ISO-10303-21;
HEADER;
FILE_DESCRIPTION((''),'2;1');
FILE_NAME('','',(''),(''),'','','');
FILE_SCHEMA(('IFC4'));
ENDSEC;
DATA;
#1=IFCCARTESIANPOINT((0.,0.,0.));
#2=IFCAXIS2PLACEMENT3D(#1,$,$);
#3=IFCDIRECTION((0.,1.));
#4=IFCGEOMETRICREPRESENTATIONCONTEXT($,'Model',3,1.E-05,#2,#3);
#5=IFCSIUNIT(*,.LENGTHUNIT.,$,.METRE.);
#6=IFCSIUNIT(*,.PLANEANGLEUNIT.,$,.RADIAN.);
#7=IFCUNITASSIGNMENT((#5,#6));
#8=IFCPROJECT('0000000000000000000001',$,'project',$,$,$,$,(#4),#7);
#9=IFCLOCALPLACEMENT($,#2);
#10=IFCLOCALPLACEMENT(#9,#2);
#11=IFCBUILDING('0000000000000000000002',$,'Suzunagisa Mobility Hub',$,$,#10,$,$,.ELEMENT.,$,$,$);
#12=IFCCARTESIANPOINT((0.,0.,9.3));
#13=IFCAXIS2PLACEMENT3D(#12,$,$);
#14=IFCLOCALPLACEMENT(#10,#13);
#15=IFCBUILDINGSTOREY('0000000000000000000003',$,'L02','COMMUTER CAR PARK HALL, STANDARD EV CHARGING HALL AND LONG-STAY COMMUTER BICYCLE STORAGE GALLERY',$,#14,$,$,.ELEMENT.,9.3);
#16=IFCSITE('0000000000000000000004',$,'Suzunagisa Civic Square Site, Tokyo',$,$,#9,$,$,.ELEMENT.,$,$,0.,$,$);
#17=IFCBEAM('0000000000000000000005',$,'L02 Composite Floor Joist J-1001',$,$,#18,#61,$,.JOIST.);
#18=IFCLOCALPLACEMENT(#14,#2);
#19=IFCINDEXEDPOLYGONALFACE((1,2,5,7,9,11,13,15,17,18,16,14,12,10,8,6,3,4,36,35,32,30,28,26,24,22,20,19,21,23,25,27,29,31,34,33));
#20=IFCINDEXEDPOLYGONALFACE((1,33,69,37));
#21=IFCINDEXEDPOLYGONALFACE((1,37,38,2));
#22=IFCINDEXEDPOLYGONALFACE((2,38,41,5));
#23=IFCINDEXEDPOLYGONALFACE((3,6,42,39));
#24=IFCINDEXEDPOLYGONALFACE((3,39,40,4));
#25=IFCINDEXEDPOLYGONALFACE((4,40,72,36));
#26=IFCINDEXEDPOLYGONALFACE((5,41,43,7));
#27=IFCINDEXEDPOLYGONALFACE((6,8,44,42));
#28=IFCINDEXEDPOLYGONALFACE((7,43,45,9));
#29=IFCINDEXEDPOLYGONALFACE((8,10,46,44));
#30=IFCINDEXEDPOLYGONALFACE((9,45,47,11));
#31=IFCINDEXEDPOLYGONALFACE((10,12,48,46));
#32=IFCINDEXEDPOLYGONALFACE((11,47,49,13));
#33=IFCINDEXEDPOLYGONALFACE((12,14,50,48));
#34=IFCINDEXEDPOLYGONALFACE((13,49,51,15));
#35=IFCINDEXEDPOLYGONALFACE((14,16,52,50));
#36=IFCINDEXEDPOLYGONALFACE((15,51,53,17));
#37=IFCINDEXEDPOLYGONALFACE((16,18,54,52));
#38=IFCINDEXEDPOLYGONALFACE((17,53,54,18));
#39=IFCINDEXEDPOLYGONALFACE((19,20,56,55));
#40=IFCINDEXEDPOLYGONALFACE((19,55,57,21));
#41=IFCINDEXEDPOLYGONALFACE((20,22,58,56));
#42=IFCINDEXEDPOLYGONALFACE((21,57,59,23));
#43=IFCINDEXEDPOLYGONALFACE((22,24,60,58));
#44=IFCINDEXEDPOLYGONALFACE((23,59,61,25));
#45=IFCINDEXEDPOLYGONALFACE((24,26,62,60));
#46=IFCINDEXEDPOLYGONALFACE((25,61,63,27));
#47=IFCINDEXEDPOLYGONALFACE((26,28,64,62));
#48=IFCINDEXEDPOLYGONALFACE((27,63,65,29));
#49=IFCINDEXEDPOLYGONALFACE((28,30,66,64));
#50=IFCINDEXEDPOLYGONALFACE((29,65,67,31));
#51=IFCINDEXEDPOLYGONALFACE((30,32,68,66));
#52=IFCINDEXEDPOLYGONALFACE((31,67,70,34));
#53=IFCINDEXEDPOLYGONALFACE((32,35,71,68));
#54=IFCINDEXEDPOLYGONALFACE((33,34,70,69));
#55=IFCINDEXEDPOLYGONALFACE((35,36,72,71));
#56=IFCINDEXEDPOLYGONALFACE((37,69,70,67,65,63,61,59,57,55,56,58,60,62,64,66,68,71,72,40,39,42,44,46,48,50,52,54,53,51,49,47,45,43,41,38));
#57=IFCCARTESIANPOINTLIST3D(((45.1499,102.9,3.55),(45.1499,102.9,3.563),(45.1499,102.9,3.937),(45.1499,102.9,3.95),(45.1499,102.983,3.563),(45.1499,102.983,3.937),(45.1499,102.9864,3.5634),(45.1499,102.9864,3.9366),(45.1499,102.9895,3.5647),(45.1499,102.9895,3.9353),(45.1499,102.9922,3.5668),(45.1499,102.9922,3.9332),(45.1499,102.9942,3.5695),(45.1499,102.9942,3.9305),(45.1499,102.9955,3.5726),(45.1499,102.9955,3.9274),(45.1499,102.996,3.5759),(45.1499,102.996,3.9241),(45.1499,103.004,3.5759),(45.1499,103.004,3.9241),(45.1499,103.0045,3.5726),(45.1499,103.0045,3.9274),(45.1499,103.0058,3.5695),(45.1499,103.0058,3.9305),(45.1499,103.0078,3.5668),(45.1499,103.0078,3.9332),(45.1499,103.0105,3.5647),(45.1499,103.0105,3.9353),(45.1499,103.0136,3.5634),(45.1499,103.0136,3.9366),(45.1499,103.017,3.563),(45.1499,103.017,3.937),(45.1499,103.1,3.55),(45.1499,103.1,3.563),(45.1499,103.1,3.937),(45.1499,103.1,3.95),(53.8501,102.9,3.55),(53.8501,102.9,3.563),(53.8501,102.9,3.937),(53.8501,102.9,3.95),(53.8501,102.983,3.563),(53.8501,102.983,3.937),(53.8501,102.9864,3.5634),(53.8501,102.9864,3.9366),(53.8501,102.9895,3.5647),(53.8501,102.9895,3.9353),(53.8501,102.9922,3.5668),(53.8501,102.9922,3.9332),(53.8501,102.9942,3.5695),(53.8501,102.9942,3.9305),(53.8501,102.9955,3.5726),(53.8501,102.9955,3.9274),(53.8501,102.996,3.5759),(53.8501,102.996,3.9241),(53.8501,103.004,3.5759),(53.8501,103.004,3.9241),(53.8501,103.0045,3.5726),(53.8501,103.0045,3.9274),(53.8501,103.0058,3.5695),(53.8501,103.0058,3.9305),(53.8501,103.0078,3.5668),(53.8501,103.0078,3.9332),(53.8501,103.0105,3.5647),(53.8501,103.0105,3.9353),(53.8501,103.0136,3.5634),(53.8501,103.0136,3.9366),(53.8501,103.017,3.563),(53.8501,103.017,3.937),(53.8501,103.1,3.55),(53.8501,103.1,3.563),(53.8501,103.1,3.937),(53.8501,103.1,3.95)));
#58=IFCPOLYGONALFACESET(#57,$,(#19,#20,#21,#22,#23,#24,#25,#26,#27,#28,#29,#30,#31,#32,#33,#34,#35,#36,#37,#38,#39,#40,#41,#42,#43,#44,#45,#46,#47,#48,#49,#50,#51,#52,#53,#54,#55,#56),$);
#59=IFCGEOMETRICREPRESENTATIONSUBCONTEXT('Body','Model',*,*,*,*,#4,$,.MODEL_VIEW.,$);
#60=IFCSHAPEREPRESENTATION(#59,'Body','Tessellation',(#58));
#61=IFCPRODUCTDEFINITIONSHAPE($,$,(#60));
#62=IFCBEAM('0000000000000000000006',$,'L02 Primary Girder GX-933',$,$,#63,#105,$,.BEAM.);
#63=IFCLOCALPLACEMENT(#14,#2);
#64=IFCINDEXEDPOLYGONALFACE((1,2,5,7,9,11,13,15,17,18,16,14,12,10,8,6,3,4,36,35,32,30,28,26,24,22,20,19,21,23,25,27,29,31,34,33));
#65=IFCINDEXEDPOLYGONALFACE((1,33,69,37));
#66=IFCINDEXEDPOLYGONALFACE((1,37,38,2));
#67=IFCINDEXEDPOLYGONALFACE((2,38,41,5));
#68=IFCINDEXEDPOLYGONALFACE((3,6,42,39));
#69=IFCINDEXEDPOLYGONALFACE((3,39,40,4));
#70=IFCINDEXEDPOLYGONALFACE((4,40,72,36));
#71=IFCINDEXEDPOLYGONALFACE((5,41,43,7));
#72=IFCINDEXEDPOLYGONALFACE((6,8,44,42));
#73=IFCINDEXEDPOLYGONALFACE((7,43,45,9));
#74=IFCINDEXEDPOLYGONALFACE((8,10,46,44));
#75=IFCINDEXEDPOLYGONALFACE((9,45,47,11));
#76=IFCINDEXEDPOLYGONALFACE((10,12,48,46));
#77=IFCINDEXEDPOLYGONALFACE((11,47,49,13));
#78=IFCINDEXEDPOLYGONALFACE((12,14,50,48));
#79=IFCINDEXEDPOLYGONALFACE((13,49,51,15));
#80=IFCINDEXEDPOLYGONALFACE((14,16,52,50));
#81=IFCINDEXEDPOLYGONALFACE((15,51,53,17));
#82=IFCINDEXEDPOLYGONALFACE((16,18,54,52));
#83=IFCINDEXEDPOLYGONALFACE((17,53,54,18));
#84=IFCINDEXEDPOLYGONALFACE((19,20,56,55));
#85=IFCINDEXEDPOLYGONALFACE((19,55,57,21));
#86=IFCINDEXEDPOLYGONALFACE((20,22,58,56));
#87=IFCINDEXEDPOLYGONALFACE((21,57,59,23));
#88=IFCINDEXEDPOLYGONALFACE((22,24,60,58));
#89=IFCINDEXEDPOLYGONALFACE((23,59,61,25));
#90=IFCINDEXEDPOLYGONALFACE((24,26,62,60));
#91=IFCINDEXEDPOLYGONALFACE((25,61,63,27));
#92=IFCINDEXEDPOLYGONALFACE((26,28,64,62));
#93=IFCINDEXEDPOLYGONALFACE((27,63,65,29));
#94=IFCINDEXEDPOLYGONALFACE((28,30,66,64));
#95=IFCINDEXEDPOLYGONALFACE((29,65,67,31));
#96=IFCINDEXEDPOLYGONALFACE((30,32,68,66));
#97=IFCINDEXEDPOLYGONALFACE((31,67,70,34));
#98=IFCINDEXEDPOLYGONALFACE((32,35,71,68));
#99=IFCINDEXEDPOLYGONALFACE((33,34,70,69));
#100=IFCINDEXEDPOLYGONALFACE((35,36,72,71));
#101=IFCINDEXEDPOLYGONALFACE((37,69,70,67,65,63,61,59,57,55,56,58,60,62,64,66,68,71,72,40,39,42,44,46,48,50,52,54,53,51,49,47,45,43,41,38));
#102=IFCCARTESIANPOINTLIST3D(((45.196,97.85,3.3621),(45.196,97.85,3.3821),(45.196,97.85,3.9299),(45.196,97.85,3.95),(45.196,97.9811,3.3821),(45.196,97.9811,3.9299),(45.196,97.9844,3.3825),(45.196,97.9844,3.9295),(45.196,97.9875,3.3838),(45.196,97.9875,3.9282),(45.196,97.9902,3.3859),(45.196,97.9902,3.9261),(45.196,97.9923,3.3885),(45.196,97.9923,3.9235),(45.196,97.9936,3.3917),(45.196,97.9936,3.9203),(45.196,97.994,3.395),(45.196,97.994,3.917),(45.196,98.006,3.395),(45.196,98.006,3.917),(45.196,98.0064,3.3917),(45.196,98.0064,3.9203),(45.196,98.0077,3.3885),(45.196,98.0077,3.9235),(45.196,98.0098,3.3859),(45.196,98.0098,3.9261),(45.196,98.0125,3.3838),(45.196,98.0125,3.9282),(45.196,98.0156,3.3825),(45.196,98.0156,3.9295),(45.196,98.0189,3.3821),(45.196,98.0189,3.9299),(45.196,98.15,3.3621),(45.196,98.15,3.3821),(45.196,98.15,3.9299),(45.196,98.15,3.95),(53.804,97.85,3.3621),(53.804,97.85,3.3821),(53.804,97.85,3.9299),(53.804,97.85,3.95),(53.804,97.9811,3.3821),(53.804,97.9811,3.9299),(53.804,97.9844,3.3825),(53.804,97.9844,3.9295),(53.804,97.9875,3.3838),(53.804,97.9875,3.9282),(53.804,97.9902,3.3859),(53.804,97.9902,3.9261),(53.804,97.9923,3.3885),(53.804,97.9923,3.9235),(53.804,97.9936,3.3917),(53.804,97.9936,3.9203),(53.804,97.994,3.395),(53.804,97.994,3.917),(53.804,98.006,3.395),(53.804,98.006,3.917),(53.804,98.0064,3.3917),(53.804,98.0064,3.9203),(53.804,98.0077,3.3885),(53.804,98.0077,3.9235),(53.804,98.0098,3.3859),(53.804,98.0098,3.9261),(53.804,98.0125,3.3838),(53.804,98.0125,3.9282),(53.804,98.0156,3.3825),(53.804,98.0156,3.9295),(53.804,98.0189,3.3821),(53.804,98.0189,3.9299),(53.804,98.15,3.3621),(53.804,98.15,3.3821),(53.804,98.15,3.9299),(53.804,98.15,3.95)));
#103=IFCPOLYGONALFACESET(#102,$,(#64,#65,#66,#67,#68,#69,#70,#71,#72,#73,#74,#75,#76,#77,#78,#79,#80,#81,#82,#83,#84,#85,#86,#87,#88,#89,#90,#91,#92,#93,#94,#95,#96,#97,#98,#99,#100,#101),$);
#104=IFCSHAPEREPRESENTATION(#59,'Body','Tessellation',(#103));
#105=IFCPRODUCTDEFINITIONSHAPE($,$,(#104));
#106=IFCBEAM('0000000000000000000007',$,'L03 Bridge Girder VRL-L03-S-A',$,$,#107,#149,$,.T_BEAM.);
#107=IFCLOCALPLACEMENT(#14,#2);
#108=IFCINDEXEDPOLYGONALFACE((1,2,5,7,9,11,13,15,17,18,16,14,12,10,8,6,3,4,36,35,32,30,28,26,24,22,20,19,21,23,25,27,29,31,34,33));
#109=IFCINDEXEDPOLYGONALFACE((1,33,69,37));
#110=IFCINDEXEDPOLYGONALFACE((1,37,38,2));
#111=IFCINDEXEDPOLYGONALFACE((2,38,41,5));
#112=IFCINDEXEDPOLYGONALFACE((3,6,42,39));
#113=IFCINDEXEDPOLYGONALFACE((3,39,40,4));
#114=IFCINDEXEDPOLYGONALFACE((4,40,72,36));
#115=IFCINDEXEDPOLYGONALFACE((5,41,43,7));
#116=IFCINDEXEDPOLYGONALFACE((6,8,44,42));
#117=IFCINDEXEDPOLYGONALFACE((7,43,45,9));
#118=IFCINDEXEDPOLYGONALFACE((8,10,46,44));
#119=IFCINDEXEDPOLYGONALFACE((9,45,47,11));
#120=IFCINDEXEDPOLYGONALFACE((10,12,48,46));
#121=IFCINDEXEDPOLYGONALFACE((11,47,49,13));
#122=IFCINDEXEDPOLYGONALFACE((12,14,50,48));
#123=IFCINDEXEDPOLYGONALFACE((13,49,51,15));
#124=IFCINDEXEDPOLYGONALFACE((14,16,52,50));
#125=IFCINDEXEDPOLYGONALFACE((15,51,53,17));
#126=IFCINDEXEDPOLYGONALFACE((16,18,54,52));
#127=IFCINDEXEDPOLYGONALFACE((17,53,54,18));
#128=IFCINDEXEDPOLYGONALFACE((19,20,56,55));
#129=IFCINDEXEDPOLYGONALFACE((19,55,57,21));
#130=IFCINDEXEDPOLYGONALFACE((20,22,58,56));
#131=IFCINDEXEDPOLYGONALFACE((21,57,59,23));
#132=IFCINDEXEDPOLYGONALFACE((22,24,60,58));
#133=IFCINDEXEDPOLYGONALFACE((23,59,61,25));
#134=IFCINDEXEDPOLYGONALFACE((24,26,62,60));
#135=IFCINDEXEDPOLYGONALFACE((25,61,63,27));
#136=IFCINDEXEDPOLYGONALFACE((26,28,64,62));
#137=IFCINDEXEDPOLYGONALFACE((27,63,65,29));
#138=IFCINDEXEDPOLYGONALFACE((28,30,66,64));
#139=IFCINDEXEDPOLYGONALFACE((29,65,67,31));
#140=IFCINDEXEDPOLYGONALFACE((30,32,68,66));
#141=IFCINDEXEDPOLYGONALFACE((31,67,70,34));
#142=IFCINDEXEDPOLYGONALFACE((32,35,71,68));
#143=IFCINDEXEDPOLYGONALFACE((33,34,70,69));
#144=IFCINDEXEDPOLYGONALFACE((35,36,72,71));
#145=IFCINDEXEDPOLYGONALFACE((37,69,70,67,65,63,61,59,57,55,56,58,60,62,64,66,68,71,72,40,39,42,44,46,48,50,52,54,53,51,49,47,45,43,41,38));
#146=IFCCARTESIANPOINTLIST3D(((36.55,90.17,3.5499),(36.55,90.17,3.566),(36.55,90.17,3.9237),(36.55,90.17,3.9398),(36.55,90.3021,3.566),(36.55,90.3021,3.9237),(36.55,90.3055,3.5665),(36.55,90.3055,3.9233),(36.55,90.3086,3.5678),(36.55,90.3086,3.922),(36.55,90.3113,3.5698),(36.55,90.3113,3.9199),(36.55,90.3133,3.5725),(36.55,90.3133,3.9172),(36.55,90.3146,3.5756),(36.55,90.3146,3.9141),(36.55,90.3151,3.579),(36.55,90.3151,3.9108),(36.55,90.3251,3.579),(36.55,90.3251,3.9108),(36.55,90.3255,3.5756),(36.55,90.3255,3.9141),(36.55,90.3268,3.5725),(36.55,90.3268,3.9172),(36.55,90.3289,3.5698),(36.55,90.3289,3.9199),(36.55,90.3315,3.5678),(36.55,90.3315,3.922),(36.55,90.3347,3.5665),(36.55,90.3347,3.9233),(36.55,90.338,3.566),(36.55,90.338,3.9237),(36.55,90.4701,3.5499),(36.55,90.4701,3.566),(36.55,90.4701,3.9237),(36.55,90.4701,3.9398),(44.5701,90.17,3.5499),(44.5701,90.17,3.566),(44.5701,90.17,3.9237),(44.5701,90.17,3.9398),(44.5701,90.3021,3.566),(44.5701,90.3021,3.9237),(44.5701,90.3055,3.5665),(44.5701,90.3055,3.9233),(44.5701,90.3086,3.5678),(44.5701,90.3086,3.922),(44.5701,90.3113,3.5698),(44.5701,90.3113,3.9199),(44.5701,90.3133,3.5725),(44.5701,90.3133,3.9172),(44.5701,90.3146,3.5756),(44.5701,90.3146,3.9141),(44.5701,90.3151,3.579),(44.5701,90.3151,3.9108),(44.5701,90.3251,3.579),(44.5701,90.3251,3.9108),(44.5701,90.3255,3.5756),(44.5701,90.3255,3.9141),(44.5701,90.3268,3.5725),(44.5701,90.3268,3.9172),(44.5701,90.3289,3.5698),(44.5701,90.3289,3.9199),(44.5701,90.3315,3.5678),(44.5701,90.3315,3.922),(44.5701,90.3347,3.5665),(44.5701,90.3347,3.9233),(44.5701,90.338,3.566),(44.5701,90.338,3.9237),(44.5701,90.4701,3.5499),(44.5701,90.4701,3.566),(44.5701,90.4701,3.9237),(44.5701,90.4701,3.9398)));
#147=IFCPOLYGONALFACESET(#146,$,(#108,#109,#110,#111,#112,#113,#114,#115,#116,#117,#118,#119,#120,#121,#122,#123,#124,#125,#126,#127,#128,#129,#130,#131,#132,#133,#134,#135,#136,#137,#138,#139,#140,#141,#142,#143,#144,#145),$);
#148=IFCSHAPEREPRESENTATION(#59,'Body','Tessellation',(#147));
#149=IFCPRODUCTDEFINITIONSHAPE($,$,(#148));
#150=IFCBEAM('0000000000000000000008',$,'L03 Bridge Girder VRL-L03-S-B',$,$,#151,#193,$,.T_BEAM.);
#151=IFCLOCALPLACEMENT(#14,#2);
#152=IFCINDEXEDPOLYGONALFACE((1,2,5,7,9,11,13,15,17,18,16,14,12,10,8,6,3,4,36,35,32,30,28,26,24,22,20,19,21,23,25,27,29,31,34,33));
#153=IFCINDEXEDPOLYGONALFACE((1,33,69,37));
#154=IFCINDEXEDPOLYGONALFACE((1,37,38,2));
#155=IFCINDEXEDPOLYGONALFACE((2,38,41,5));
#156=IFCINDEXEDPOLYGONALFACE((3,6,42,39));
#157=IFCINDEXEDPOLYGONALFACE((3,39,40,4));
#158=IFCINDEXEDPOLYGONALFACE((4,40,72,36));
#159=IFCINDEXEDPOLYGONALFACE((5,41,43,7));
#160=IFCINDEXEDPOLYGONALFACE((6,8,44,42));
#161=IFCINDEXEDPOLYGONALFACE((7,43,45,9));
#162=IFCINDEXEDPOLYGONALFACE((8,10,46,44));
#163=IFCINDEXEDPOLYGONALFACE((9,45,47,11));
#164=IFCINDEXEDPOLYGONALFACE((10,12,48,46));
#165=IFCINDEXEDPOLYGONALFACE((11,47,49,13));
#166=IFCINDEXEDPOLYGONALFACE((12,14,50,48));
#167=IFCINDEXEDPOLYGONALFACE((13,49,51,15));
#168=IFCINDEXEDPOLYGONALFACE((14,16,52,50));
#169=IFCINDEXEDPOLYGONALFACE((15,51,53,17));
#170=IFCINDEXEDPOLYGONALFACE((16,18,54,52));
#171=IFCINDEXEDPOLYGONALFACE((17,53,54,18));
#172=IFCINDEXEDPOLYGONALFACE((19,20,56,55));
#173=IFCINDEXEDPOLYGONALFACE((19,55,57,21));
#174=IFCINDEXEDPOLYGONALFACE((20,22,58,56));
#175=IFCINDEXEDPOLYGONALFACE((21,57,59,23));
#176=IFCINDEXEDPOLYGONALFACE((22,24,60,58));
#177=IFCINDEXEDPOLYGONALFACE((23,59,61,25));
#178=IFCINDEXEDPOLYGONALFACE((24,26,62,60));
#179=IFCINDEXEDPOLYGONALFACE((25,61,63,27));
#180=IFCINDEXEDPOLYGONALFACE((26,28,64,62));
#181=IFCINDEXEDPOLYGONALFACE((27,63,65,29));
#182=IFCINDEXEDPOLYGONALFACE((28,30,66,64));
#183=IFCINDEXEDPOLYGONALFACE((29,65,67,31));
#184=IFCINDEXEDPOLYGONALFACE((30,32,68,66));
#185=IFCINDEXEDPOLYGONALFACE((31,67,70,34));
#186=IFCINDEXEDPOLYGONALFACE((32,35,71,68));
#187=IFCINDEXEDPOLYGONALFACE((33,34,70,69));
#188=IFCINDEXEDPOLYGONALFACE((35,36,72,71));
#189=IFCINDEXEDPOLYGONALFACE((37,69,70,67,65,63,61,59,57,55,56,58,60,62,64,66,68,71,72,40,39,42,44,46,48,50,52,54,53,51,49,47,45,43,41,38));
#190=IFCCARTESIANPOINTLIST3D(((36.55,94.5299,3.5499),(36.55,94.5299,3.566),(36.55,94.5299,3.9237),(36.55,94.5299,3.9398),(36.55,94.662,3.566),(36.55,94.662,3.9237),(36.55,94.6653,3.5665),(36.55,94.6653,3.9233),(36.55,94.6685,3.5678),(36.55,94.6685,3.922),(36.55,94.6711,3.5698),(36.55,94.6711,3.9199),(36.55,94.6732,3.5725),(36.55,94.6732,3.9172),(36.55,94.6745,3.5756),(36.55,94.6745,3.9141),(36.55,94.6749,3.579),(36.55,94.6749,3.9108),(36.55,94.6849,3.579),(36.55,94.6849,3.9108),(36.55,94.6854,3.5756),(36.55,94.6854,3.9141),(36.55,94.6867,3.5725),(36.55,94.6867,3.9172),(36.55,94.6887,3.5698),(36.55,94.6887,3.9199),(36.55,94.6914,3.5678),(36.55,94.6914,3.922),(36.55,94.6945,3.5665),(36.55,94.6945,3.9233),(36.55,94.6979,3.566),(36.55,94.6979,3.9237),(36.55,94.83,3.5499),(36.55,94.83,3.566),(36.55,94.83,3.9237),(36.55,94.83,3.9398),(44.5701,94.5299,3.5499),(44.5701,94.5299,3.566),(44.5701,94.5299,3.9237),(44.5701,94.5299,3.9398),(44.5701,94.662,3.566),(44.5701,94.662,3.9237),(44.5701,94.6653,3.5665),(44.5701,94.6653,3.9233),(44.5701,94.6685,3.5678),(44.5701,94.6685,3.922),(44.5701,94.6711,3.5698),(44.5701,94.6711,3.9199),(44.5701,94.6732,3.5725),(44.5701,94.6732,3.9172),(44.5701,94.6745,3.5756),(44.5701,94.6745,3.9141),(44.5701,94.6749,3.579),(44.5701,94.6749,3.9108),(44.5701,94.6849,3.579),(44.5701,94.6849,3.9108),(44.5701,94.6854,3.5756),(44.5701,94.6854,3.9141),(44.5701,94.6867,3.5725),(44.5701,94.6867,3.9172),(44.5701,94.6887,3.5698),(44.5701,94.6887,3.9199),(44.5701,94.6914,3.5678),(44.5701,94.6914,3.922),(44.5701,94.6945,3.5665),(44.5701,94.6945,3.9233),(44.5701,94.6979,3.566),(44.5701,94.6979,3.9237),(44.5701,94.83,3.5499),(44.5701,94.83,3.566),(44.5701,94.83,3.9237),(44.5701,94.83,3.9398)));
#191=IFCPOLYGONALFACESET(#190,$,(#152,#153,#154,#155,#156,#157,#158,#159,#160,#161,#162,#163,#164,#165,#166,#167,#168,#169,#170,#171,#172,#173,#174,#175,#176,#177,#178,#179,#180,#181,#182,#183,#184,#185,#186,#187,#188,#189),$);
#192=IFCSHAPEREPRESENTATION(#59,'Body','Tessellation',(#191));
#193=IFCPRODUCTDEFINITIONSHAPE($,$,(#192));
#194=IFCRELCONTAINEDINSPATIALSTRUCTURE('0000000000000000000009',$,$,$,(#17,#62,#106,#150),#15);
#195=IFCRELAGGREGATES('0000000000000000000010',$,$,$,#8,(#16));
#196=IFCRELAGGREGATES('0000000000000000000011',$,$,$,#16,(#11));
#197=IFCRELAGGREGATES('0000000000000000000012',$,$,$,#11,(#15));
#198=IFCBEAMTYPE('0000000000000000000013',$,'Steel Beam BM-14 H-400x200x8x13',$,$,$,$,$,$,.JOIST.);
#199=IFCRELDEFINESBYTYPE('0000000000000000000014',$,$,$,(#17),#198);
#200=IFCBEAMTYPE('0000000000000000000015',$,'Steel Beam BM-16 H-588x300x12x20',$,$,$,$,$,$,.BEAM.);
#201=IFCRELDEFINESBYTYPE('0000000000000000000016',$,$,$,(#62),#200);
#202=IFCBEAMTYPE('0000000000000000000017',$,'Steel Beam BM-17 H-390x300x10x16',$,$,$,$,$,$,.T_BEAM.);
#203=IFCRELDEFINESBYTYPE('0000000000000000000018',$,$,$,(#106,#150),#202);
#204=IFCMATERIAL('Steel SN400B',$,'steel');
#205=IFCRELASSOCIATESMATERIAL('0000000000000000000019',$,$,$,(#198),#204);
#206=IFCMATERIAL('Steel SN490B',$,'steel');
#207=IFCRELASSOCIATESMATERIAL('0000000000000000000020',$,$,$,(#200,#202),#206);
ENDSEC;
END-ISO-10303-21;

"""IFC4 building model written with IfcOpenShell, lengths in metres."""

from ifc_helpers import new_model, si_unit, direction, frame, origin, origin_2d, place, context, subcontext, project, spatial, i_section, extrude, material, material_profile, profile_set, type_object, element, save


model = new_model("IFC4")

# Units and contexts
model_context = context("Model", 3, precision=1e-05, world=origin(), true_north=direction((0.0, 1.0)))
body_context = subcontext(model_context, "Body", "Model", "MODEL_VIEW")
ifc_project = project(units=[si_unit("LENGTHUNIT", "METRE"), si_unit("PLANEANGLEUNIT", "RADIAN")], contexts=[model_context])

# Site, building, storey
site_placement = place(None, origin())
site = spatial("IfcSite", under=ifc_project, at=site_placement, Name="Suzunagisa Civic Square Site, Tokyo", CompositionType="ELEMENT", RefElevation=0.0)
building_placement = place(site_placement, origin())
building = spatial("IfcBuilding", under=site, at=building_placement, Name="Suzunagisa Mobility Hub", CompositionType="ELEMENT")
storey_placement = place(building_placement, frame((0.0, 0.0, 9.3)))
storey = spatial("IfcBuildingStorey", under=building, at=storey_placement, Name="L02", Description="COMMUTER CAR PARK HALL, STANDARD EV CHARGING HALL AND LONG-STAY COMMUTER BICYCLE STORAGE GALLERY", CompositionType="ELEMENT", Elevation=9.3)

# Shared definitions
ifc_material_1 = material(Name="Steel SN490B", Category="steel")

# Beams
ifc_material_2 = material(Name="Steel SN400B", Category="steel")
ifc_material_profile_1 = material_profile(ifc_material_2, i_section(OverallWidth=0.2, OverallDepth=0.3999, WebThickness=0.0081, FlangeThickness=0.0129, FilletRadius=0.0129, at=origin_2d()), Name="H-400x200x8x13")
ifc_profile_set_1 = profile_set([ifc_material_profile_1], Name="Steel SN400B")
beam_type_1 = type_object("IfcBeamType", Name="Steel Beam BM-14 H-400x200x8x13", PredefinedType="JOIST", material=ifc_profile_set_1)
for number, where, z_axis, x_axis, name in (
    (1, (45.1499, 103.0, 3.75), (1.0, 0.0, 0.0), (0.0, 1.0, 0.0), "L02 Composite Floor Joist J-1001"),
):
    element("IfcBeam", number, at=place(storey_placement, frame(where, z_axis=z_axis, x_axis=x_axis)), inside=storey, type_object=beam_type_1, Name=name, PredefinedType="JOIST", context=body_context, shape_type="SweptSolid", body=[
        extrude(i_section(OverallWidth=0.2, OverallDepth=0.3999, WebThickness=0.0081, FlangeThickness=0.0129, FilletRadius=0.0129, at=origin_2d()), origin(), (0.0, 0.0, 1.0), 8.7002),
    ])
ifc_material_profile_2 = material_profile(ifc_material_1, i_section(OverallWidth=0.3, OverallDepth=0.5879, WebThickness=0.012, FlangeThickness=0.02, FilletRadius=0.0129, at=origin_2d()), Name="H-588x300x12x20")
ifc_profile_set_2 = profile_set([ifc_material_profile_2], Name="Steel SN490B")
beam_type_2 = type_object("IfcBeamType", Name="Steel Beam BM-16 H-588x300x12x20", PredefinedType="BEAM", material=ifc_profile_set_2)
beam_1_placement = place(storey_placement, frame((45.196, 98.0, 3.656), z_axis=(1.0, 0.0, 0.0), x_axis=(0.0, 1.0, 0.0)))
element("IfcBeam", 2, at=beam_1_placement, inside=storey, type_object=beam_type_2, Name="L02 Primary Girder GX-933", PredefinedType="BEAM", context=body_context, shape_type="SweptSolid", body=[
    extrude(i_section(OverallWidth=0.3, OverallDepth=0.5879, WebThickness=0.012, FlangeThickness=0.02, FilletRadius=0.0129, at=origin_2d()), origin(), (0.0, 0.0, 1.0), 8.6079),
])
ifc_material_profile_3 = material_profile(ifc_material_1, i_section(OverallWidth=0.3, OverallDepth=0.3899, WebThickness=0.01, FlangeThickness=0.0161, FilletRadius=0.0129, at=origin_2d()), Name="H-390x300x10x16")
ifc_profile_set_3 = profile_set([ifc_material_profile_3], Name="Steel SN490B")
beam_type_3 = type_object("IfcBeamType", Name="Steel Beam BM-17 H-390x300x10x16", PredefinedType="T_BEAM", material=ifc_profile_set_3)
for number, where, z_axis, x_axis, name in (
    (3, (36.55, 90.3201, 3.7449), (1.0, 0.0, 0.0), (0.0, 1.0, 0.0), "L03 Bridge Girder VRL-L03-S-A"),
    (4, (36.55, 94.6799, 3.7449), (1.0, 0.0, 0.0), (0.0, 1.0, 0.0), "L03 Bridge Girder VRL-L03-S-B"),
):
    element("IfcBeam", number, at=place(storey_placement, frame(where, z_axis=z_axis, x_axis=x_axis)), inside=storey, type_object=beam_type_3, Name=name, PredefinedType="T_BEAM", context=body_context, shape_type="SweptSolid", body=[
        extrude(i_section(OverallWidth=0.3, OverallDepth=0.3899, WebThickness=0.01, FlangeThickness=0.0161, FilletRadius=0.0129, at=origin_2d()), origin(), (0.0, 0.0, 1.0), 8.02),
    ])

save(model, "model.ifc")
